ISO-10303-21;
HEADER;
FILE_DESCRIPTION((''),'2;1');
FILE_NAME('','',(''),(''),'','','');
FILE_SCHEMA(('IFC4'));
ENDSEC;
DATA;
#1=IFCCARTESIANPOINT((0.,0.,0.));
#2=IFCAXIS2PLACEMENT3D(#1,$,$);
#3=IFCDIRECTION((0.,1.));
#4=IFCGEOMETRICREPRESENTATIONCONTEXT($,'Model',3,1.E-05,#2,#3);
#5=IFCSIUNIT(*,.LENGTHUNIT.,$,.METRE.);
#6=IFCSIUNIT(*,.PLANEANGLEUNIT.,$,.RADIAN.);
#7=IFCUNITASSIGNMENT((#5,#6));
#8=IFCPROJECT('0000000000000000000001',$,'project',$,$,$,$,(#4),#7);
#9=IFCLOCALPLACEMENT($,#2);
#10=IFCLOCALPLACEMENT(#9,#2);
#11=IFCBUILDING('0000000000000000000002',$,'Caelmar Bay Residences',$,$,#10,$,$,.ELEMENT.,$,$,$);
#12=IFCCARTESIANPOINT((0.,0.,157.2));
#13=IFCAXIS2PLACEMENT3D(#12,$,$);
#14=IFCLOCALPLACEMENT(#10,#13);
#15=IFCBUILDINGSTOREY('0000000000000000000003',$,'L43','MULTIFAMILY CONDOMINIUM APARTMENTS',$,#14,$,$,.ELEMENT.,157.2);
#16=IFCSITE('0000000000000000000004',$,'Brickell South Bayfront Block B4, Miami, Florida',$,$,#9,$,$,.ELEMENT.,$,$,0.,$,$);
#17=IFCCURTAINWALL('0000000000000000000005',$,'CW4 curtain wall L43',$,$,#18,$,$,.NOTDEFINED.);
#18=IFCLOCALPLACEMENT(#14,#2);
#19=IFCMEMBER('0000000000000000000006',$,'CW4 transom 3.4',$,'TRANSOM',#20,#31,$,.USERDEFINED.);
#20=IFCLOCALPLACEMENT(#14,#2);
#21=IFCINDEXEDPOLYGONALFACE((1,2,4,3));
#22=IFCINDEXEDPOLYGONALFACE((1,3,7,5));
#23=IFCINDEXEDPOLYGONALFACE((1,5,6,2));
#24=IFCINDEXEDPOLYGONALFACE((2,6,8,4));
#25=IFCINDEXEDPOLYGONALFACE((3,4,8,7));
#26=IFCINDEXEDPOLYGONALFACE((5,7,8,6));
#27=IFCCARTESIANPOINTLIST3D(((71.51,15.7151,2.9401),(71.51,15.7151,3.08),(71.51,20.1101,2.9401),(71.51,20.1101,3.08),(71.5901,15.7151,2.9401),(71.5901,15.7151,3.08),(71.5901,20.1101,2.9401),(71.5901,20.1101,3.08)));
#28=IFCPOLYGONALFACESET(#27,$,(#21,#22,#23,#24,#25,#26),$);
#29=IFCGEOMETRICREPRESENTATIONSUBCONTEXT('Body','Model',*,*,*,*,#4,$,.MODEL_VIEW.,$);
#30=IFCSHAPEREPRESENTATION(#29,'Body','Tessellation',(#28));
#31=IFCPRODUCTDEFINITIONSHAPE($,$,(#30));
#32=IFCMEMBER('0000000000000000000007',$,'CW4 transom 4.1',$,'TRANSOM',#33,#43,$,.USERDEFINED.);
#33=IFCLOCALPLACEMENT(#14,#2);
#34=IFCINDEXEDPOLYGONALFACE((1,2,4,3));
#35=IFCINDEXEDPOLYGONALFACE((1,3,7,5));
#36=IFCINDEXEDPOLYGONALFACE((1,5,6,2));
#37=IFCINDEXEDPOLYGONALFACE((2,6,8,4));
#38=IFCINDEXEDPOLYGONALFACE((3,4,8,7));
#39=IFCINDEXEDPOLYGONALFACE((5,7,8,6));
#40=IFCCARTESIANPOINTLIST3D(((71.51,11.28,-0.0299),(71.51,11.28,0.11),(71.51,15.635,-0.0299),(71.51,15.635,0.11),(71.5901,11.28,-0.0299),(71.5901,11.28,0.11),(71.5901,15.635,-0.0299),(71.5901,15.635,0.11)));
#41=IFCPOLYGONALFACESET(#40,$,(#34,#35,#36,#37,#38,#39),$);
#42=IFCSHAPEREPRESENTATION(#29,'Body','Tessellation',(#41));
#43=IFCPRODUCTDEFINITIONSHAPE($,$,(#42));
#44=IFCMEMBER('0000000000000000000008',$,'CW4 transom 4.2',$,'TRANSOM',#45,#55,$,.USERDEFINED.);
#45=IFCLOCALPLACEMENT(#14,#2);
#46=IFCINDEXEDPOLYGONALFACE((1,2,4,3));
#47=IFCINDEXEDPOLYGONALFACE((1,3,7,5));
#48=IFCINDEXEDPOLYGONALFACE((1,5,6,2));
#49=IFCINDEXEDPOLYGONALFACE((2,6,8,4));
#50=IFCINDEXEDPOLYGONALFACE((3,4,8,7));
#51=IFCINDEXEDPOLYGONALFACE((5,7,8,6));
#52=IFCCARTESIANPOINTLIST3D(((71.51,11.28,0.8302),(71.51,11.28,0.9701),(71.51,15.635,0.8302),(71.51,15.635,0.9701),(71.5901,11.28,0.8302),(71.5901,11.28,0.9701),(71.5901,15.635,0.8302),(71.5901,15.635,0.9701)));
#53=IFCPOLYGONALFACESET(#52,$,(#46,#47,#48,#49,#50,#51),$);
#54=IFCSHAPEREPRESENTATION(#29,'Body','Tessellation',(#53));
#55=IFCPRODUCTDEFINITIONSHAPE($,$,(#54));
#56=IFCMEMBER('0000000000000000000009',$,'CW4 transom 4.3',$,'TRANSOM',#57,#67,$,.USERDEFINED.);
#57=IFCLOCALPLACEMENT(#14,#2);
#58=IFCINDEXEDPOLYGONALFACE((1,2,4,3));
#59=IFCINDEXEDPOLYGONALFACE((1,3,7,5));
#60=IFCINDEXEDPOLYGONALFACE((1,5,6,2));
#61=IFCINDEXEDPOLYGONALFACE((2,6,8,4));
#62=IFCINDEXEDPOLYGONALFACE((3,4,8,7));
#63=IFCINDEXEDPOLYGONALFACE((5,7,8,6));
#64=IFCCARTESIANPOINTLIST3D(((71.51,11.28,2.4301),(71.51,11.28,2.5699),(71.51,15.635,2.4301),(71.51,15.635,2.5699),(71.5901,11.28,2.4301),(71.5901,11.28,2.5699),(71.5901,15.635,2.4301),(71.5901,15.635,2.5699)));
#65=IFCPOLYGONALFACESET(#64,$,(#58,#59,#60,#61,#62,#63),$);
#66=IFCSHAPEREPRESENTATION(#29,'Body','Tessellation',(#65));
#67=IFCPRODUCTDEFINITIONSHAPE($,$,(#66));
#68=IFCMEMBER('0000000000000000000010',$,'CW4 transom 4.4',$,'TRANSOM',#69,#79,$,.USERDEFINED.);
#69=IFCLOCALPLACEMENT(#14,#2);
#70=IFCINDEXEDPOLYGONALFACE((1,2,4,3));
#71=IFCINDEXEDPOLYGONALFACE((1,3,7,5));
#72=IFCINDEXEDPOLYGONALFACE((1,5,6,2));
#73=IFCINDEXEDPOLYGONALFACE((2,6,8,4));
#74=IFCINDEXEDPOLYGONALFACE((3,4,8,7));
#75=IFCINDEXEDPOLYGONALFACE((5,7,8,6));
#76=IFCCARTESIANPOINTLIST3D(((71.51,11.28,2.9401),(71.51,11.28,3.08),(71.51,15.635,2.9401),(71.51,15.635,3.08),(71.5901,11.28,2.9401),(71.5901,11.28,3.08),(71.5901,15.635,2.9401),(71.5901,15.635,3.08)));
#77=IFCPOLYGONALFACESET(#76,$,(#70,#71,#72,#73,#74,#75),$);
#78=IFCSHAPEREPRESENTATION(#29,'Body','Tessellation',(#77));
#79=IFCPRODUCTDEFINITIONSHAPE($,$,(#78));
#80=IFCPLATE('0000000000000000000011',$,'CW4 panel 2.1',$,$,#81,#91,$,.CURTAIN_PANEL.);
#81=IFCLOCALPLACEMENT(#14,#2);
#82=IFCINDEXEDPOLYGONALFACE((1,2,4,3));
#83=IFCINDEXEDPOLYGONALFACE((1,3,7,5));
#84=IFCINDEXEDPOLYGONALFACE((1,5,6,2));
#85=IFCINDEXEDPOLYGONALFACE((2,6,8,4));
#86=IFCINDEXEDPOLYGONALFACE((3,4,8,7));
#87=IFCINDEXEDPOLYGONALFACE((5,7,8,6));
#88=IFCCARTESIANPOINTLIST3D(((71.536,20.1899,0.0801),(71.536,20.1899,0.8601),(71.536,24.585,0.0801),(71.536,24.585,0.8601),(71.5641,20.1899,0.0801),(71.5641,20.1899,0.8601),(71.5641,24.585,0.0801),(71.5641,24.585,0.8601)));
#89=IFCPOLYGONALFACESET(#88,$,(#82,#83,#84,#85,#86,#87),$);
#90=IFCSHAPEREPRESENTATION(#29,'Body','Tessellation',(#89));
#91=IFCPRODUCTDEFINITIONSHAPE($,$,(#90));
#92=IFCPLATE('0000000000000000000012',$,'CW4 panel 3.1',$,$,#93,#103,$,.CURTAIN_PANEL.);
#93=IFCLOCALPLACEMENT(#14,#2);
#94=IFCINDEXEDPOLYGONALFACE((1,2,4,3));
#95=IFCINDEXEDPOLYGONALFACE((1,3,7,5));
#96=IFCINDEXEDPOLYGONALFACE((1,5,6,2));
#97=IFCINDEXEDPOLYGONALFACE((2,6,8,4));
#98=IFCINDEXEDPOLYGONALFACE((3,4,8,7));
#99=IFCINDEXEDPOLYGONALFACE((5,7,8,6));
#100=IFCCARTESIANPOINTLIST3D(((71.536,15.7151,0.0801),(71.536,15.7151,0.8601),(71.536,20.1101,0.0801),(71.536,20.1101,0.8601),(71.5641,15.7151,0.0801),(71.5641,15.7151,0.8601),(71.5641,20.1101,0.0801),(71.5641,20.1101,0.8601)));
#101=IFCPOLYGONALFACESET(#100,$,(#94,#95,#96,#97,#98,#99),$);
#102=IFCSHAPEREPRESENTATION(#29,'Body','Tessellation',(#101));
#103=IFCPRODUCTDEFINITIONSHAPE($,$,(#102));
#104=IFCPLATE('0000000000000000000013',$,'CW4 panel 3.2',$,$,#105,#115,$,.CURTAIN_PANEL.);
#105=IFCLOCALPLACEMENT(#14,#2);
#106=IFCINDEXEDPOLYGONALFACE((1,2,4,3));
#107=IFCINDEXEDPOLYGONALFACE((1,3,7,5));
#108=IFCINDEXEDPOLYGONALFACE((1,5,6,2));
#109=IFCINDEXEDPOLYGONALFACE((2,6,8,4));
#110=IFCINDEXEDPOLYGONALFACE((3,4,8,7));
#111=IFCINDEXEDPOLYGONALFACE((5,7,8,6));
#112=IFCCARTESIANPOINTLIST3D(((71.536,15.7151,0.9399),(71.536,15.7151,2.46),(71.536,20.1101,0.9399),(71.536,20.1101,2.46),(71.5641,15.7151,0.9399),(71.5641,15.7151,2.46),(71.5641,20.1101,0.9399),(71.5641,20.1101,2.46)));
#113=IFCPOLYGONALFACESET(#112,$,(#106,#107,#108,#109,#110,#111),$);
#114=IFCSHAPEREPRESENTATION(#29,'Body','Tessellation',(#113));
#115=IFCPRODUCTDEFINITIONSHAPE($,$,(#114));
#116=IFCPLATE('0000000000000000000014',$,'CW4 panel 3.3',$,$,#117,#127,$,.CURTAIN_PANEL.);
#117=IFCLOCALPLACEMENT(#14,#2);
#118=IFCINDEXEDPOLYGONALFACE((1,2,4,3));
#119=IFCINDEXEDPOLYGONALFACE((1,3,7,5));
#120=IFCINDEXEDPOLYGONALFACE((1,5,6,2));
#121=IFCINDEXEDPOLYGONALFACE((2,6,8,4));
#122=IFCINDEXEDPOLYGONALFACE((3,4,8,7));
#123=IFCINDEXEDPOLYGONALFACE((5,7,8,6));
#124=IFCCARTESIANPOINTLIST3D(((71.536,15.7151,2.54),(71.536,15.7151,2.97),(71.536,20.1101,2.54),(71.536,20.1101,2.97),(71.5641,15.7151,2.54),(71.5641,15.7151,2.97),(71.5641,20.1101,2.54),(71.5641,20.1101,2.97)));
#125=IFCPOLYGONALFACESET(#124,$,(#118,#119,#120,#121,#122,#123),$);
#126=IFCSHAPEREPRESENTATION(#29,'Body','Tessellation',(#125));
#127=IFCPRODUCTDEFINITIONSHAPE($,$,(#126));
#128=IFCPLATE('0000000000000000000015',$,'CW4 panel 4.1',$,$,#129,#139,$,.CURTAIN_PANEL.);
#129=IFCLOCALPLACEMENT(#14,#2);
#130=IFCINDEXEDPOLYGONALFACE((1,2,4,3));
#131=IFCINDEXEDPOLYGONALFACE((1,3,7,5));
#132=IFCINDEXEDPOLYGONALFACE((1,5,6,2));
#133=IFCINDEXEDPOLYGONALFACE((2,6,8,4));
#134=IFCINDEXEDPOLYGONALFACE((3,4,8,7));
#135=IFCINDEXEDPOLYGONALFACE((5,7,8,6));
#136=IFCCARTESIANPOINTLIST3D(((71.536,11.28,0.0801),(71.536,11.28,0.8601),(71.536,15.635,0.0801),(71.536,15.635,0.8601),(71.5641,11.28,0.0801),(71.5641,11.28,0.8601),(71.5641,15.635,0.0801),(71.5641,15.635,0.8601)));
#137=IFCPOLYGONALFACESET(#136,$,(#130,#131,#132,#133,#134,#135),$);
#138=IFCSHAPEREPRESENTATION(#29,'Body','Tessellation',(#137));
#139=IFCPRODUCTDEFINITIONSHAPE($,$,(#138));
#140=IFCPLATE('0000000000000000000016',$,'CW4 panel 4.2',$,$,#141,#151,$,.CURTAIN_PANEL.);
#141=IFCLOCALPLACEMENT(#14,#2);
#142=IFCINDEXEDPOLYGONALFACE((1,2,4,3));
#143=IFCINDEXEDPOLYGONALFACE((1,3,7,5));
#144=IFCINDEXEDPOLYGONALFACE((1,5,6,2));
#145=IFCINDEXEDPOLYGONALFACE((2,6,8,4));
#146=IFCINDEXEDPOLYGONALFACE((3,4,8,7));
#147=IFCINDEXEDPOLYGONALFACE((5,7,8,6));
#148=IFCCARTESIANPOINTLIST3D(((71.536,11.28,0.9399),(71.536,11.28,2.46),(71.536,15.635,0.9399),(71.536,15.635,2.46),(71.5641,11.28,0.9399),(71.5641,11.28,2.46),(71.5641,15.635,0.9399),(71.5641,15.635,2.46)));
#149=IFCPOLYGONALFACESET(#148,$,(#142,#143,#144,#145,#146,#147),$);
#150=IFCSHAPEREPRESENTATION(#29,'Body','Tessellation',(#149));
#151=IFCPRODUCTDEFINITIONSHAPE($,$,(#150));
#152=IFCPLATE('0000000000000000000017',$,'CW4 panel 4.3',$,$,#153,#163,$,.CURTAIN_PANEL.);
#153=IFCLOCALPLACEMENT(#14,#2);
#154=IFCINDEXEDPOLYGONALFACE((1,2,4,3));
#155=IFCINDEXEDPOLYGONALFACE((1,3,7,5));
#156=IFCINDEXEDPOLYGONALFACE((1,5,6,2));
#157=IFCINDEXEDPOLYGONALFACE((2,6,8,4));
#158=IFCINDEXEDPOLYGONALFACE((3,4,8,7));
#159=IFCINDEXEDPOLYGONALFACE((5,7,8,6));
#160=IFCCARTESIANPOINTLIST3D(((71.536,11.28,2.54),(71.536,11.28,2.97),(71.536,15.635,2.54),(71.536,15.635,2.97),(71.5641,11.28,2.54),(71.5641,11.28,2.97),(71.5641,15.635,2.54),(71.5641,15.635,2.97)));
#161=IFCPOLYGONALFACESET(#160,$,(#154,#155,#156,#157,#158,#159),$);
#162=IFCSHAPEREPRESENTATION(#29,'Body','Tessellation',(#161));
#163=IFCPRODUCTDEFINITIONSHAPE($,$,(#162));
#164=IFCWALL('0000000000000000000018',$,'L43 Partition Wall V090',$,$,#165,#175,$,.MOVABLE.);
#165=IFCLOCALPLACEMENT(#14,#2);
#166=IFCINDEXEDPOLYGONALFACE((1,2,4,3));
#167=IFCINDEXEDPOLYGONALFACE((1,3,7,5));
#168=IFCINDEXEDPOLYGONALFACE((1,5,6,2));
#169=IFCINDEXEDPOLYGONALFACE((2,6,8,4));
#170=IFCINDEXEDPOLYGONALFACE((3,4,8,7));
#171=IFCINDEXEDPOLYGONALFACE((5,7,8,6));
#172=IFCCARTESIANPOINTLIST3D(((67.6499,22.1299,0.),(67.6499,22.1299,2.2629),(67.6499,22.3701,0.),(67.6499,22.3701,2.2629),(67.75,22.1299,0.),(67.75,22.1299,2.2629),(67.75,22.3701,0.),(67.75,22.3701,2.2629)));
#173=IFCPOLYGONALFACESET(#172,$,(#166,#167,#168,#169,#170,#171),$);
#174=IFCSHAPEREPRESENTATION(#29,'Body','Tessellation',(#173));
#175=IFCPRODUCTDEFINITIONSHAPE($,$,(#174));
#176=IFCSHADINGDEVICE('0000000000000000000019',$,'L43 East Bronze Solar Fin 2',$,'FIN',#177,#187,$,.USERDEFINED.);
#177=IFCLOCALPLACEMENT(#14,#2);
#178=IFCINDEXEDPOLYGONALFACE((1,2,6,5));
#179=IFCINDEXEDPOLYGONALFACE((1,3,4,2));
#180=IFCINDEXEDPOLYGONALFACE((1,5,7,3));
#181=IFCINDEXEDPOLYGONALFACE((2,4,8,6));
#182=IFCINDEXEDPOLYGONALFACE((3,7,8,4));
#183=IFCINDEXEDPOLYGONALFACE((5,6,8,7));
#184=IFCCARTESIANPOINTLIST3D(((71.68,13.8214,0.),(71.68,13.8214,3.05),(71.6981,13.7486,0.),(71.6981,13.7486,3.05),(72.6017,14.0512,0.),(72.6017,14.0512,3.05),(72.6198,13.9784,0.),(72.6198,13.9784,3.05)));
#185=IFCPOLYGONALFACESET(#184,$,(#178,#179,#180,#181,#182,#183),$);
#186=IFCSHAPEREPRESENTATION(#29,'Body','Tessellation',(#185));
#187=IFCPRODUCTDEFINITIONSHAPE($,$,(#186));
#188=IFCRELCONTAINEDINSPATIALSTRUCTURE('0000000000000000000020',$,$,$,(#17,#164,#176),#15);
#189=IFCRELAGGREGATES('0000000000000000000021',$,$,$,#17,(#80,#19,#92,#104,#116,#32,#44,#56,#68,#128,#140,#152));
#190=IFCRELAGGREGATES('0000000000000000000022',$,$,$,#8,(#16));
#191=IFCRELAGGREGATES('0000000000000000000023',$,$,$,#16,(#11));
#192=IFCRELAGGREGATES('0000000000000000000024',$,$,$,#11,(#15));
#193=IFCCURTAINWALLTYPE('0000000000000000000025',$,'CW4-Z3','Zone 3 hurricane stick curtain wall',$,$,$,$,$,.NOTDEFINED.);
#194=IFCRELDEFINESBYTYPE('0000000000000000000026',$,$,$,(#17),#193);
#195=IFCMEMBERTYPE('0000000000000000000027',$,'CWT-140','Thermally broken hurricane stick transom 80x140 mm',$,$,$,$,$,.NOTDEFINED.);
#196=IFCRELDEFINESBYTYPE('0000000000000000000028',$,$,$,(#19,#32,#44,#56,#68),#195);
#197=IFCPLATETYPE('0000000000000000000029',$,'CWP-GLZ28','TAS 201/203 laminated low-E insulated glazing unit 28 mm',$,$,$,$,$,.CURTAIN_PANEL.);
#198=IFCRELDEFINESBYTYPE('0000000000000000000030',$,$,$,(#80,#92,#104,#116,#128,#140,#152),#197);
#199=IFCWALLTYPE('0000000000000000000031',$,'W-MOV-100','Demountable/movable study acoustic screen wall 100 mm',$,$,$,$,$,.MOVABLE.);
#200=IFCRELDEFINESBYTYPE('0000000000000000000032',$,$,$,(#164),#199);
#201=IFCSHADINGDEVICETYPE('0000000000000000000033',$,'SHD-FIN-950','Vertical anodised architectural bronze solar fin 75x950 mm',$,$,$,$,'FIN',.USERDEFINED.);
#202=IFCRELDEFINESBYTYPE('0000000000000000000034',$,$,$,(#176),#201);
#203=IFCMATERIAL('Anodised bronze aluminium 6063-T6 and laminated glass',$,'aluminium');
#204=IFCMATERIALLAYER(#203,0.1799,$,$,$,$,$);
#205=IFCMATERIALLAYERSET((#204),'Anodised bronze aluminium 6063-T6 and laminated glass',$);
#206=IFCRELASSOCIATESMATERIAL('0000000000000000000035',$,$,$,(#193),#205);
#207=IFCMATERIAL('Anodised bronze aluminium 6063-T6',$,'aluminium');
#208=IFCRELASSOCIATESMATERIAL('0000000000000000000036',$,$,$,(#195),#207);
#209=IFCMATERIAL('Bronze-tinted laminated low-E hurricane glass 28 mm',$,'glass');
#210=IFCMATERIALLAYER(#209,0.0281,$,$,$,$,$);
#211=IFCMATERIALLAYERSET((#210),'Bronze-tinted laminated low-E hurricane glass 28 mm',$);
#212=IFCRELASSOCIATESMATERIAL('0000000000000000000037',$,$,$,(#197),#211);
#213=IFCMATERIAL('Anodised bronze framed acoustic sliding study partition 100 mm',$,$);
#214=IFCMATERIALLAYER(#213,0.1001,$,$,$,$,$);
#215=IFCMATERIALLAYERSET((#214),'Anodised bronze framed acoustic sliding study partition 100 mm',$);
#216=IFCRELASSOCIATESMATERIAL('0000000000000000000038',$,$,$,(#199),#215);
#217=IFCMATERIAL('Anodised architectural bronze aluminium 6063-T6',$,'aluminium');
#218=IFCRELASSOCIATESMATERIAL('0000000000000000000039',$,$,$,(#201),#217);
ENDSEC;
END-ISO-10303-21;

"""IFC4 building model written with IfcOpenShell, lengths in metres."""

from ifc_helpers import new_model, si_unit, direction, frame, frame_2d, origin, origin_2d, place, context, subcontext, project, spatial, rectangle, extrude, material, layer, layer_set, material_profile, profile_set, type_object, element, aggregate, save


model = new_model("IFC4")

# Units and contexts
model_context = context("Model", 3, precision=1e-05, world=origin(), true_north=direction((0.0, 1.0)))
body_context = subcontext(model_context, "Body", "Model", "MODEL_VIEW")
ifc_project = project(units=[si_unit("LENGTHUNIT", "METRE"), si_unit("PLANEANGLEUNIT", "RADIAN")], contexts=[model_context])

# Site, building, storey
site_placement = place(None, origin())
site = spatial("IfcSite", under=ifc_project, at=site_placement, Name="Brickell South Bayfront Block B4, Miami, Florida", CompositionType="ELEMENT", RefElevation=0.0)
building_placement = place(site_placement, origin())
building = spatial("IfcBuilding", under=site, at=building_placement, Name="Caelmar Bay Residences", CompositionType="ELEMENT")
storey_placement = place(building_placement, frame((0.0, 0.0, 157.2)))
storey = spatial("IfcBuildingStorey", under=building, at=storey_placement, Name="L43", Description="MULTIFAMILY CONDOMINIUM APARTMENTS", CompositionType="ELEMENT", Elevation=157.2)

# Curtain wall, members, plates
ifc_material_1 = material(Name="Anodised bronze aluminium 6063-T6 and laminated glass", Category="aluminium")
ifc_layer_1 = layer(ifc_material_1, 0.1799)
ifc_layer_set_1 = layer_set([ifc_layer_1], Name="Anodised bronze aluminium 6063-T6 and laminated glass")
curtain_wall_type = type_object("IfcCurtainWallType", Name="CW4-Z3", Description="Zone 3 hurricane stick curtain wall", PredefinedType="NOTDEFINED", material=ifc_layer_set_1)
curtain_wall_placement = place(storey_placement, origin())
curtain_wall = element("IfcCurtainWall", 1, at=curtain_wall_placement, inside=storey, type_object=curtain_wall_type, Name="CW4 curtain wall L43", PredefinedType="NOTDEFINED")
ifc_material_2 = material(Name="Anodised bronze aluminium 6063-T6", Category="aluminium")
ifc_material_profile_1 = material_profile(ifc_material_2, rectangle(XDim=0.0801, YDim=0.1399, at=origin_2d()), Name="CWT-80X140")
ifc_profile_set_1 = profile_set([ifc_material_profile_1], Name="Anodised bronze aluminium 6063-T6")
member_type_1 = type_object("IfcMemberType", Name="CWT-140", Description="Thermally broken hurricane stick transom 80x140 mm", PredefinedType="NOTDEFINED", material=ifc_profile_set_1)
member_1_placement = place(storey_placement, frame((71.55, 20.1101, 3.01), z_axis=(0.0, -1.0, 0.0), x_axis=(1.0, 0.0, 0.0)))
member_1 = element("IfcMember", 2, at=member_1_placement, type_object=member_type_1, Name="CW4 transom 3.4", ObjectType="TRANSOM", PredefinedType="USERDEFINED", context=body_context, shape_type="SweptSolid", body=[
    extrude(rectangle(XDim=0.0801, YDim=0.1399, at=origin_2d()), origin(), (0.0, 0.0, 1.0), 4.395),
])
member_2_placement = place(storey_placement, frame((71.55, 15.635, 0.04), z_axis=(0.0, -1.0, 0.0), x_axis=(1.0, 0.0, 0.0)))
member_2 = element("IfcMember", 3, at=member_2_placement, type_object=member_type_1, Name="CW4 transom 4.1", ObjectType="TRANSOM", PredefinedType="USERDEFINED", context=body_context, shape_type="SweptSolid", body=[
    extrude(rectangle(XDim=0.0801, YDim=0.1399, at=origin_2d()), origin(), (0.0, 0.0, 1.0), 4.355),
])
member_3_placement = place(storey_placement, frame((71.55, 15.635, 0.9001), z_axis=(0.0, -1.0, 0.0), x_axis=(1.0, 0.0, 0.0)))
member_3 = element("IfcMember", 4, at=member_3_placement, type_object=member_type_1, Name="CW4 transom 4.2", ObjectType="TRANSOM", PredefinedType="USERDEFINED", context=body_context, shape_type="SweptSolid", body=[
    extrude(rectangle(XDim=0.0801, YDim=0.1399, at=origin_2d()), origin(), (0.0, 0.0, 1.0), 4.355),
])
member_4_placement = place(storey_placement, frame((71.55, 15.635, 2.5), z_axis=(0.0, -1.0, 0.0), x_axis=(1.0, 0.0, 0.0)))
member_4 = element("IfcMember", 5, at=member_4_placement, type_object=member_type_1, Name="CW4 transom 4.3", ObjectType="TRANSOM", PredefinedType="USERDEFINED", context=body_context, shape_type="SweptSolid", body=[
    extrude(rectangle(XDim=0.0801, YDim=0.1399, at=origin_2d()), origin(), (0.0, 0.0, 1.0), 4.355),
])
member_5_placement = place(storey_placement, frame((71.55, 15.635, 3.01), z_axis=(0.0, -1.0, 0.0), x_axis=(1.0, 0.0, 0.0)))
member_5 = element("IfcMember", 6, at=member_5_placement, type_object=member_type_1, Name="CW4 transom 4.4", ObjectType="TRANSOM", PredefinedType="USERDEFINED", context=body_context, shape_type="SweptSolid", body=[
    extrude(rectangle(XDim=0.0801, YDim=0.1399, at=origin_2d()), origin(), (0.0, 0.0, 1.0), 4.355),
])
ifc_material_3 = material(Name="Bronze-tinted laminated low-E hurricane glass 28 mm", Category="glass")
ifc_layer_2 = layer(ifc_material_3, 0.0281)
ifc_layer_set_2 = layer_set([ifc_layer_2], Name="Bronze-tinted laminated low-E hurricane glass 28 mm")
plate_type = type_object("IfcPlateType", Name="CWP-GLZ28", Description="TAS 201/203 laminated low-E insulated glazing unit 28 mm", PredefinedType="CURTAIN_PANEL", material=ifc_layer_set_2)
plate_1_placement = place(storey_placement, frame((71.55, 22.3875, 0.0801), z_axis=(0.0, 0.0, 1.0), x_axis=(0.0, -1.0, 0.0)))
plate_1 = element("IfcPlate", 7, at=plate_1_placement, type_object=plate_type, Name="CW4 panel 2.1", PredefinedType="CURTAIN_PANEL", context=body_context, shape_type="SweptSolid", body=[
    extrude(rectangle(XDim=4.395, YDim=0.0281, at=origin_2d()), origin(), (0.0, 0.0, 1.0), 0.78),
])
plate_2_placement = place(storey_placement, frame((71.55, 17.9126, 0.0801), z_axis=(0.0, 0.0, 1.0), x_axis=(0.0, -1.0, 0.0)))
plate_2 = element("IfcPlate", 8, at=plate_2_placement, type_object=plate_type, Name="CW4 panel 3.1", PredefinedType="CURTAIN_PANEL", context=body_context, shape_type="SweptSolid", body=[
    extrude(rectangle(XDim=4.395, YDim=0.0281, at=origin_2d()), origin(), (0.0, 0.0, 1.0), 0.78),
])
plate_3_placement = place(storey_placement, frame((71.55, 17.9126, 0.9399), z_axis=(0.0, 0.0, 1.0), x_axis=(0.0, -1.0, 0.0)))
plate_3 = element("IfcPlate", 9, at=plate_3_placement, type_object=plate_type, Name="CW4 panel 3.2", PredefinedType="CURTAIN_PANEL", context=body_context, shape_type="SweptSolid", body=[
    extrude(rectangle(XDim=4.395, YDim=0.0281, at=origin_2d()), origin(), (0.0, 0.0, 1.0), 1.52),
])
plate_4_placement = place(storey_placement, frame((71.55, 17.9126, 2.54), z_axis=(0.0, 0.0, 1.0), x_axis=(0.0, -1.0, 0.0)))
plate_4 = element("IfcPlate", 10, at=plate_4_placement, type_object=plate_type, Name="CW4 panel 3.3", PredefinedType="CURTAIN_PANEL", context=body_context, shape_type="SweptSolid", body=[
    extrude(rectangle(XDim=4.395, YDim=0.0281, at=origin_2d()), origin(), (0.0, 0.0, 1.0), 0.4299),
])
plate_5_placement = place(storey_placement, frame((71.55, 13.4575, 0.0801), z_axis=(0.0, 0.0, 1.0), x_axis=(0.0, -1.0, 0.0)))
plate_5 = element("IfcPlate", 11, at=plate_5_placement, type_object=plate_type, Name="CW4 panel 4.1", PredefinedType="CURTAIN_PANEL", context=body_context, shape_type="SweptSolid", body=[
    extrude(rectangle(XDim=4.355, YDim=0.0281, at=origin_2d()), origin(), (0.0, 0.0, 1.0), 0.78),
])
plate_6_placement = place(storey_placement, frame((71.55, 13.4575, 0.9399), z_axis=(0.0, 0.0, 1.0), x_axis=(0.0, -1.0, 0.0)))
plate_6 = element("IfcPlate", 12, at=plate_6_placement, type_object=plate_type, Name="CW4 panel 4.2", PredefinedType="CURTAIN_PANEL", context=body_context, shape_type="SweptSolid", body=[
    extrude(rectangle(XDim=4.355, YDim=0.0281, at=origin_2d()), origin(), (0.0, 0.0, 1.0), 1.52),
])
plate_7_placement = place(storey_placement, frame((71.55, 13.4575, 2.54), z_axis=(0.0, 0.0, 1.0), x_axis=(0.0, -1.0, 0.0)))
plate_7 = element("IfcPlate", 13, at=plate_7_placement, type_object=plate_type, Name="CW4 panel 4.3", PredefinedType="CURTAIN_PANEL", context=body_context, shape_type="SweptSolid", body=[
    extrude(rectangle(XDim=4.355, YDim=0.0281, at=origin_2d()), origin(), (0.0, 0.0, 1.0), 0.4299),
])
aggregate(curtain_wall, [plate_1, member_1, plate_2, plate_3, plate_4, member_2, member_3, member_4, member_5, plate_5, plate_6, plate_7])

# Wall
ifc_material_4 = material(Name="Anodised bronze framed acoustic sliding study partition 100 mm")
ifc_layer_3 = layer(ifc_material_4, 0.1001)
ifc_layer_set_3 = layer_set([ifc_layer_3], Name="Anodised bronze framed acoustic sliding study partition 100 mm")
wall_type = type_object("IfcWallType", Name="W-MOV-100", Description="Demountable/movable study acoustic screen wall 100 mm", PredefinedType="MOVABLE", material=ifc_layer_set_3)
wall_placement = place(storey_placement, frame((67.7, 22.1299, 0.0), z_axis=(0.0, 0.0, 1.0), x_axis=(0.0, 1.0, 0.0)))
element("IfcWall", 14, at=wall_placement, inside=storey, type_object=wall_type, Name="L43 Partition Wall V090", PredefinedType="MOVABLE", context=body_context, shape_type="SweptSolid", body=[
    extrude(rectangle(XDim=0.2402, YDim=0.1001, at=frame_2d((0.1201, 0.0))), origin(), (0.0, 0.0, 1.0), 2.2629),
])

# Shading device
ifc_material_5 = material(Name="Anodised architectural bronze aluminium 6063-T6", Category="aluminium")
ifc_material_profile_2 = material_profile(ifc_material_5, rectangle(XDim=0.075, YDim=0.95, at=origin_2d()), Name="BRONZE-FIN-75X950")
ifc_profile_set_2 = profile_set([ifc_material_profile_2], Name="Anodised architectural bronze aluminium 6063-T6")
shading_device_type = type_object("IfcShadingDeviceType", Name="SHD-FIN-950", Description="Vertical anodised architectural bronze solar fin 75x950 mm", ElementType="FIN", PredefinedType="USERDEFINED", material=ifc_profile_set_2)
for number, where, z_axis, x_axis, name in (
    (15, (72.1499, 13.8999, 0.0), (0.0, 0.0, 1.0), (-0.241922, 0.970296, 0.0), "L43 East Bronze Solar Fin 2"),
):
    element("IfcShadingDevice", number, at=place(storey_placement, frame(where, z_axis=z_axis, x_axis=x_axis)), inside=storey, type_object=shading_device_type, Name=name, ObjectType="FIN", PredefinedType="USERDEFINED", context=body_context, shape_type="SweptSolid", body=[
        extrude(rectangle(XDim=0.075, YDim=0.95, at=origin_2d()), origin(), (0.0, 0.0, 1.0), 3.05),
    ])

save(model, "model.ifc")
